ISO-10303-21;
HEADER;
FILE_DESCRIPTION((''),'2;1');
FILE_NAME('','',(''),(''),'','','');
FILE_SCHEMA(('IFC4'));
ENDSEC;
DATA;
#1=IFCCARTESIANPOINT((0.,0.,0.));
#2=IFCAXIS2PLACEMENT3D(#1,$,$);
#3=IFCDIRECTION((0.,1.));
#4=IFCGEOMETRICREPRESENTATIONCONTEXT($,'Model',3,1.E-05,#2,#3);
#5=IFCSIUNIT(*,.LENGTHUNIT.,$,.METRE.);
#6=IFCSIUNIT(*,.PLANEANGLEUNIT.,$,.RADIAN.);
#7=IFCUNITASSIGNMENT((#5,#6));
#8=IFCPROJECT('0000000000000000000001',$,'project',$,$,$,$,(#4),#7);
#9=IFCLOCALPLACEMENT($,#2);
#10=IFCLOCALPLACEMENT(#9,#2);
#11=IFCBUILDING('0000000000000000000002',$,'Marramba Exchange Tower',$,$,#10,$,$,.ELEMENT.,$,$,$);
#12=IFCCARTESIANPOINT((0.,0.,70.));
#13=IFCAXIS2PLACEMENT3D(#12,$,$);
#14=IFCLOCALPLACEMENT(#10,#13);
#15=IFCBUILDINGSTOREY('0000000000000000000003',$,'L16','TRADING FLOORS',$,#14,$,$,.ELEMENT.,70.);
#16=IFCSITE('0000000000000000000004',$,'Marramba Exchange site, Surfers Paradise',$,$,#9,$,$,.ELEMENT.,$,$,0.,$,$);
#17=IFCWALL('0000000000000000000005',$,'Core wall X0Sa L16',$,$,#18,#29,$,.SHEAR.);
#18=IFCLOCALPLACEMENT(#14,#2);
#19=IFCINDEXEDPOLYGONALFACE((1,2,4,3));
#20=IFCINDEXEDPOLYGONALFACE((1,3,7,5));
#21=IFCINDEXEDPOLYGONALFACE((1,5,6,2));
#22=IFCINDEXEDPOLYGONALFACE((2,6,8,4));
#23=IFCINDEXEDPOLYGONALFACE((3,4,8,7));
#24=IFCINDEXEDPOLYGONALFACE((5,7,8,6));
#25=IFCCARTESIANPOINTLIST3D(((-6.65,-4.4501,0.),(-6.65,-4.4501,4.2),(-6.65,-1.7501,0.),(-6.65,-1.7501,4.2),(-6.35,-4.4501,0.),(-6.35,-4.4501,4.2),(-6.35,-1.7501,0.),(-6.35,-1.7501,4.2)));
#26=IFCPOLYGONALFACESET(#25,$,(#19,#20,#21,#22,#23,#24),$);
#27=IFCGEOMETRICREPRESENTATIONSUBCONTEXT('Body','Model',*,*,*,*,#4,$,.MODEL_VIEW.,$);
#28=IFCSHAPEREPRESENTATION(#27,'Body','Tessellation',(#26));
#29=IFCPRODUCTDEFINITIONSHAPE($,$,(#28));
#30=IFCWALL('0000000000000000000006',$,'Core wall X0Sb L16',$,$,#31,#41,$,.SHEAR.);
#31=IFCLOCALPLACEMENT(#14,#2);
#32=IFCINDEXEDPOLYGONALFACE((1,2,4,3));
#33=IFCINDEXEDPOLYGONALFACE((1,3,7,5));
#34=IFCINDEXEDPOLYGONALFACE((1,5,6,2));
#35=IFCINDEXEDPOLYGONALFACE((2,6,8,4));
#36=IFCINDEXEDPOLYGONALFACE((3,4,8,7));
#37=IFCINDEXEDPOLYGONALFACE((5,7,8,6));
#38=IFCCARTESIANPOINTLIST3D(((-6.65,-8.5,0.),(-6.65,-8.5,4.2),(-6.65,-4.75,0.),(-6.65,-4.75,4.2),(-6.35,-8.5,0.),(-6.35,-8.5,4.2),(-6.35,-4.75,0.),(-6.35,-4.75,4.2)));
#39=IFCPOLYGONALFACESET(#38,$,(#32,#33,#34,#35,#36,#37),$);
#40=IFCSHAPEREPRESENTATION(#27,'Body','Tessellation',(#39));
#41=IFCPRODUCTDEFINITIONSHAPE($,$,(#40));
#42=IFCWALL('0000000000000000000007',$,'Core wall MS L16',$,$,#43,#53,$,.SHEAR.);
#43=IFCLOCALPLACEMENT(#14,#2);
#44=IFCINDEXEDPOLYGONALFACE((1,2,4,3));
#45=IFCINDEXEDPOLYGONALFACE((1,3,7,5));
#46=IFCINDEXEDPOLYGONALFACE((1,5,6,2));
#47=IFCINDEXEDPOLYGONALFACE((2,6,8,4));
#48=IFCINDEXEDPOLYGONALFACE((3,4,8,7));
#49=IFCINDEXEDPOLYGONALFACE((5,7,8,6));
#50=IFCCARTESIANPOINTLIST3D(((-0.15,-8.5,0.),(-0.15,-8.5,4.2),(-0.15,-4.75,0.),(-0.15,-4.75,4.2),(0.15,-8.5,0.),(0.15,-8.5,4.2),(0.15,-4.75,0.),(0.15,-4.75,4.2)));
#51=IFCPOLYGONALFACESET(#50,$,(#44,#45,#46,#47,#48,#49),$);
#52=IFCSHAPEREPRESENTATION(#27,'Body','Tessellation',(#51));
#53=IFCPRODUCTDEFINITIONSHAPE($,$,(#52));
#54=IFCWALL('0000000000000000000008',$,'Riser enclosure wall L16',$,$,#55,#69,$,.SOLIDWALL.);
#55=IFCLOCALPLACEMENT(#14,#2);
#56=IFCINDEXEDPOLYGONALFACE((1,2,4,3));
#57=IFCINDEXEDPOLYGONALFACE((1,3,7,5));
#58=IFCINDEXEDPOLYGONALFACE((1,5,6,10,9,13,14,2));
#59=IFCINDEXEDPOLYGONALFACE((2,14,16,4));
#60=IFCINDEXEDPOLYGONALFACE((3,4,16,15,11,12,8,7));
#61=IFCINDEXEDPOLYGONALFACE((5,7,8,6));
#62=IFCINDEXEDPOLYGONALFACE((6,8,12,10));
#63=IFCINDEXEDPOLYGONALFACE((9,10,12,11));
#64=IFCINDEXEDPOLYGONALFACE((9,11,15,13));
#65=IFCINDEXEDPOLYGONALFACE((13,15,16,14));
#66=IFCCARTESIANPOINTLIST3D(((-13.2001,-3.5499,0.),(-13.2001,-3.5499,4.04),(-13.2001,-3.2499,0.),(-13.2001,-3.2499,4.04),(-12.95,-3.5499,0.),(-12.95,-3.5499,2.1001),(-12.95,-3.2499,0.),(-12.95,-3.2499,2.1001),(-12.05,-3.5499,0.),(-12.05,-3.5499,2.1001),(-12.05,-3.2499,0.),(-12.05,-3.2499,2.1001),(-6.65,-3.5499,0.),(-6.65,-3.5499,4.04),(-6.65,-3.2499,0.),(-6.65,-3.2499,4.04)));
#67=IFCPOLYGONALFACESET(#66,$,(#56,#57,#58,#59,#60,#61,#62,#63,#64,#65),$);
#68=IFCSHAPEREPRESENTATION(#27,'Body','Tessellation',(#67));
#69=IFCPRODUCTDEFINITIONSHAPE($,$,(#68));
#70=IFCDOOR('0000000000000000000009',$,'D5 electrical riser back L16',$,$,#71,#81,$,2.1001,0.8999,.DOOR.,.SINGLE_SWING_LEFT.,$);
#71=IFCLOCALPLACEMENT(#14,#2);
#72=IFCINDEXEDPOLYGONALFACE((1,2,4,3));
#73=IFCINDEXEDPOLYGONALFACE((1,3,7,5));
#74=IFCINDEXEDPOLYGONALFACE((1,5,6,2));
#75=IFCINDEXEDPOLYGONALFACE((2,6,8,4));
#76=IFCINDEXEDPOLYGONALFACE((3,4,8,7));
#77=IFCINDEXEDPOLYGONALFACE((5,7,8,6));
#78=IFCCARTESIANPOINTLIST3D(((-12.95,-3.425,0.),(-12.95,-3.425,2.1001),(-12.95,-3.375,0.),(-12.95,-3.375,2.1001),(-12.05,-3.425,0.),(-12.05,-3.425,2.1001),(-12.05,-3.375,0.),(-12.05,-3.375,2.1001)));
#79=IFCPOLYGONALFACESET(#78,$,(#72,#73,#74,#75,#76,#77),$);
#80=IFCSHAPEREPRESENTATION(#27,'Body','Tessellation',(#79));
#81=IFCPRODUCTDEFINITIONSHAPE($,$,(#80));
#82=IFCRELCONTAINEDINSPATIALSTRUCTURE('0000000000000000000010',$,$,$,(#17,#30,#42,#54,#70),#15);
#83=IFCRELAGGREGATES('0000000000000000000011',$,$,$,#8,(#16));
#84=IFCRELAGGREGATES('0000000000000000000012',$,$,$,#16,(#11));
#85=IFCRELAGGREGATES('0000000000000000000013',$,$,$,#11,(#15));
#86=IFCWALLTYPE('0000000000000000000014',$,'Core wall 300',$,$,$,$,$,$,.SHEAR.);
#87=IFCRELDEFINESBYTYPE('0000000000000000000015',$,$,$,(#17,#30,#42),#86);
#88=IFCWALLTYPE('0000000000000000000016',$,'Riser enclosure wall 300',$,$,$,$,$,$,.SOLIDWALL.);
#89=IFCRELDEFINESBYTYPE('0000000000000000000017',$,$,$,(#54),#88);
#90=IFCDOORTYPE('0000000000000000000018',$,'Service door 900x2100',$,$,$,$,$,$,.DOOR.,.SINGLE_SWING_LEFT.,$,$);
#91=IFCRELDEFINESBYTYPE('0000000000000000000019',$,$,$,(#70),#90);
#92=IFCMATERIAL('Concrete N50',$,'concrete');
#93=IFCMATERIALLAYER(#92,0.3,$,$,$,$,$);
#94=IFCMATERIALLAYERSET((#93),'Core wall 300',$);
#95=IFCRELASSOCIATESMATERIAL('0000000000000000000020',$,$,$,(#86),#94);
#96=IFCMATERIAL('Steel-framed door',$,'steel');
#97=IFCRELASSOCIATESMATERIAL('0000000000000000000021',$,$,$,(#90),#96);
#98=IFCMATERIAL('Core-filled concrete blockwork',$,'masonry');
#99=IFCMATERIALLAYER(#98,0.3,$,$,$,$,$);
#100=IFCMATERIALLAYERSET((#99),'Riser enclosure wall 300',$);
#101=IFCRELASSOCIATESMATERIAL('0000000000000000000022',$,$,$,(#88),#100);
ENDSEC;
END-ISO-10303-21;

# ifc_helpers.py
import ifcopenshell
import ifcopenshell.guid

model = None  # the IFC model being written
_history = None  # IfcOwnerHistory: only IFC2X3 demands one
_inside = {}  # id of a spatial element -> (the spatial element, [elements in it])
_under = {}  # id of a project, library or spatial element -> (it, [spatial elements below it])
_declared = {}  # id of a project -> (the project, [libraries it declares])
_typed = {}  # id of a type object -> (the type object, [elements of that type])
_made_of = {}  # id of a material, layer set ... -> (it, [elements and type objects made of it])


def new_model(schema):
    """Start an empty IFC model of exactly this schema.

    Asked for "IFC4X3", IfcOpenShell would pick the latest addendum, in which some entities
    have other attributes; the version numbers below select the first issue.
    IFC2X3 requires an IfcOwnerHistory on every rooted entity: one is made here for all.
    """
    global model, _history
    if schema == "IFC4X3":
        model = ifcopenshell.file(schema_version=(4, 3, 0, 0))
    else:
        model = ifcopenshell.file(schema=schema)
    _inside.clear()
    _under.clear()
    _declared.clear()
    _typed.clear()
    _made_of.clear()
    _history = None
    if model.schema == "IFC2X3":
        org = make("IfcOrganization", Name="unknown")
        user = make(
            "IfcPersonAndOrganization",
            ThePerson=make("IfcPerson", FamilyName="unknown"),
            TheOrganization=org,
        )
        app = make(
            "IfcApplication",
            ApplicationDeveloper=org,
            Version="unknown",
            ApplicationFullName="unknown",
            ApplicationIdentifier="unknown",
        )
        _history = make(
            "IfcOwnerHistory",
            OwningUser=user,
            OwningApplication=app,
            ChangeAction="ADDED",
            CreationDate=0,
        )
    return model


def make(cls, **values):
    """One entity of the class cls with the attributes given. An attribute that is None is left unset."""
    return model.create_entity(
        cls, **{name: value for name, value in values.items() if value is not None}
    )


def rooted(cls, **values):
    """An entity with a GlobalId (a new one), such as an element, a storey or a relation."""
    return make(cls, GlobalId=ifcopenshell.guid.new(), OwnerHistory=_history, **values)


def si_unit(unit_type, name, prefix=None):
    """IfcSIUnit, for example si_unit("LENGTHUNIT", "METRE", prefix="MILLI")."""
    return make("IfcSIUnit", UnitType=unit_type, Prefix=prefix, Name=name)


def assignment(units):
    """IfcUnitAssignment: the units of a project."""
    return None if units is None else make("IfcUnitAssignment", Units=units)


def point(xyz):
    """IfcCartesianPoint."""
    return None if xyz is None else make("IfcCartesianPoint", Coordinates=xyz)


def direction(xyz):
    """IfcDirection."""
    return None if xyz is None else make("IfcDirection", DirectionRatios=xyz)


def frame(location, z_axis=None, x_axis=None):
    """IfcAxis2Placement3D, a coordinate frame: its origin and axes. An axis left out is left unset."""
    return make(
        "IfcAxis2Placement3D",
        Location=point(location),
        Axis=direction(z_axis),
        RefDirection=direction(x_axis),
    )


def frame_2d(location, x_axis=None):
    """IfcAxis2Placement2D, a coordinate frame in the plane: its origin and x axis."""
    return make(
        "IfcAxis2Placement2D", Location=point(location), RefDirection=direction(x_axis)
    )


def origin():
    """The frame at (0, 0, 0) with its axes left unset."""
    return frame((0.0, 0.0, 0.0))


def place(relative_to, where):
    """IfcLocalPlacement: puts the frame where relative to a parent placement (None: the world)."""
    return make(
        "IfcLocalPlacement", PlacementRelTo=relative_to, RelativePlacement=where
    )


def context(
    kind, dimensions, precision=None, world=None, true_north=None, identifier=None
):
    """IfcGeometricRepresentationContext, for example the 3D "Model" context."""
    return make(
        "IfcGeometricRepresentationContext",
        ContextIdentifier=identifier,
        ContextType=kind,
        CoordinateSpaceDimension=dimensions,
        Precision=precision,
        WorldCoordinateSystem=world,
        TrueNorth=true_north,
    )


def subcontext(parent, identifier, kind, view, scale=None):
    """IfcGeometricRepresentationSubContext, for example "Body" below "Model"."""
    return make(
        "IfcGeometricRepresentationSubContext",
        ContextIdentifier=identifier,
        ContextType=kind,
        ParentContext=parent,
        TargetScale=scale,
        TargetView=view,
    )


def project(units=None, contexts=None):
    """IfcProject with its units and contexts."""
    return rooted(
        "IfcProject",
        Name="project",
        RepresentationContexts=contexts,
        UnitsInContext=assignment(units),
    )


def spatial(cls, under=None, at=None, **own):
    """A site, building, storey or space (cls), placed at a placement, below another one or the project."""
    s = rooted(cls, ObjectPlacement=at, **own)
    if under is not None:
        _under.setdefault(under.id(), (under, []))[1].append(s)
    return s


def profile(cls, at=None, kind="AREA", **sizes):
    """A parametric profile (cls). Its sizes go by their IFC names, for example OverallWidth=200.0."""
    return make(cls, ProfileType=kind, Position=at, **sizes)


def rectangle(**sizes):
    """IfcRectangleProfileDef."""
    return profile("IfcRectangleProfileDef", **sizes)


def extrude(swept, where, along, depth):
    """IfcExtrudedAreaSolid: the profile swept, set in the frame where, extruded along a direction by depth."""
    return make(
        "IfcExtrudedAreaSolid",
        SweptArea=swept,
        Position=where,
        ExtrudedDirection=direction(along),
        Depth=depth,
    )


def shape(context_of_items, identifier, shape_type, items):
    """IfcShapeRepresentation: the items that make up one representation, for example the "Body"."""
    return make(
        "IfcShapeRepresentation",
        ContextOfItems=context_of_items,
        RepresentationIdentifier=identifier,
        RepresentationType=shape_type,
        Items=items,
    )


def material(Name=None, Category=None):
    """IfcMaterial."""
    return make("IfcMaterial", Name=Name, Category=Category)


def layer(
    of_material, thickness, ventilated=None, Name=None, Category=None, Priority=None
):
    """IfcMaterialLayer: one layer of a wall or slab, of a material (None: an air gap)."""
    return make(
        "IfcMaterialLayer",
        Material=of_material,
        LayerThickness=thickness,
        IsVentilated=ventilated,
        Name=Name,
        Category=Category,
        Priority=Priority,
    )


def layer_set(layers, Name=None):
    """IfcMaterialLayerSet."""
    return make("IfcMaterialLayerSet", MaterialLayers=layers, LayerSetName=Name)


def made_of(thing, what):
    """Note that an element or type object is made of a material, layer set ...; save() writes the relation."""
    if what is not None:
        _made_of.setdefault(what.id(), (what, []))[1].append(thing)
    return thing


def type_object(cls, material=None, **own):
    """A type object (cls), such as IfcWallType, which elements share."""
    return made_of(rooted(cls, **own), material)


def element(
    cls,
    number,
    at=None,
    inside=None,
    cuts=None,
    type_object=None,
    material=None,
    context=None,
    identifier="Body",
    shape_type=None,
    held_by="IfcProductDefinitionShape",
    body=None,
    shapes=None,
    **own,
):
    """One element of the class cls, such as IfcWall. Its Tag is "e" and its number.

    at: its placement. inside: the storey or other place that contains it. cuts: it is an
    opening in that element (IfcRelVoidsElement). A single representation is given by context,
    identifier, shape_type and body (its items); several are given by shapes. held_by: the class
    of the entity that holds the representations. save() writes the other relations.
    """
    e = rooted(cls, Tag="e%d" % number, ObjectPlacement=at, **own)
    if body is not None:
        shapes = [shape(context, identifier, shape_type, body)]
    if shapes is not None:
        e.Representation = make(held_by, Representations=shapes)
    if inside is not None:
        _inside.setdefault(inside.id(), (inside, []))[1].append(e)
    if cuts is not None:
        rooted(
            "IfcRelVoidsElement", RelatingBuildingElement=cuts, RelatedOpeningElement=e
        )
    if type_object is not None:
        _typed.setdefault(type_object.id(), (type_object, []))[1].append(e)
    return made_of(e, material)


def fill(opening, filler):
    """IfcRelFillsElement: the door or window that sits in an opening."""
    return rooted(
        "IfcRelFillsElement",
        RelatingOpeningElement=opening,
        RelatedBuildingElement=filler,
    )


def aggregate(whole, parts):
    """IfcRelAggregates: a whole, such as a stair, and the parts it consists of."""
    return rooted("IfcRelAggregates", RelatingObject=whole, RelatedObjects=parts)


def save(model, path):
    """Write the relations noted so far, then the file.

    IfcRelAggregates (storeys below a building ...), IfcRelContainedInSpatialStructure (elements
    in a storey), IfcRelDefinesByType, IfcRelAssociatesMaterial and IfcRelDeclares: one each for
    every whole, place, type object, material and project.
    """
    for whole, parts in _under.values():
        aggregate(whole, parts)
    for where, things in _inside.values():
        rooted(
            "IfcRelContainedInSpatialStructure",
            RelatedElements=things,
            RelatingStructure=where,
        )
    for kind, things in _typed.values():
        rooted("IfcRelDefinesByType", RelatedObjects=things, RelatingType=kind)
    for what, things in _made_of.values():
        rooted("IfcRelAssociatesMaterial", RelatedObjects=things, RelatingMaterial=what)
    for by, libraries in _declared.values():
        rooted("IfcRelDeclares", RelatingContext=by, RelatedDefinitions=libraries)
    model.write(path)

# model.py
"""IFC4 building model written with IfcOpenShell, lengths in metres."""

from ifc_helpers import new_model, si_unit, direction, frame, frame_2d, origin, place, context, subcontext, project, spatial, rectangle, extrude, material, layer, layer_set, type_object, element, fill, save


model = new_model("IFC4")

# Units and contexts
model_context = context("Model", 3, precision=1e-05, world=origin(), true_north=direction((0.0, 1.0)))
body_context = subcontext(model_context, "Body", "Model", "MODEL_VIEW")
ifc_project = project(units=[si_unit("LENGTHUNIT", "METRE"), si_unit("PLANEANGLEUNIT", "RADIAN")], contexts=[model_context])

# Site, building, storey
site_placement = place(None, origin())
site = spatial("IfcSite", under=ifc_project, at=site_placement, Name="Marramba Exchange site, Surfers Paradise", CompositionType="ELEMENT", RefElevation=0.0)
building_placement = place(site_placement, origin())
building = spatial("IfcBuilding", under=site, at=building_placement, Name="Marramba Exchange Tower", CompositionType="ELEMENT")
storey_placement = place(building_placement, frame((0.0, 0.0, 70.0)))
storey = spatial("IfcBuildingStorey", under=building, at=storey_placement, Name="L16", Description="TRADING FLOORS", CompositionType="ELEMENT", Elevation=70.0)

# Shared definitions
ifc_material_1 = material(Name="Concrete N50", Category="concrete")

# Shared definitions
ifc_layer_1 = layer(ifc_material_1, 0.3)
ifc_layer_set_1 = layer_set([ifc_layer_1], Name="Core wall 300")
wall_type_1 = type_object("IfcWallType", Name="Core wall 300", PredefinedType="SHEAR", material=ifc_layer_set_1)
ifc_material_2 = material(Name="Steel-framed door", Category="steel")
door_type_1 = type_object("IfcDoorType", Name="Service door 900x2100", OperationType="SINGLE_SWING_LEFT", PredefinedType="DOOR", material=ifc_material_2)

# Walls
wall_1_placement = place(storey_placement, frame((-6.5, -1.75, 0.0), z_axis=(0.0, 0.0, 1.0), x_axis=(0.0, -1.0, 0.0)))
element("IfcWall", 1, at=wall_1_placement, inside=storey, type_object=wall_type_1, Name="Core wall X0Sa L16", PredefinedType="SHEAR", context=body_context, shape_type="SweptSolid", body=[
    extrude(rectangle(XDim=2.7, YDim=0.3, at=frame_2d((1.3501, 0.0))), origin(), (0.0, 0.0, 1.0), 4.2),
])
for number, where, z_axis, x_axis, name in (
    (2, (-6.5, -4.75, 0.0), (0.0, 0.0, 1.0), (0.0, -1.0, 0.0), "Core wall X0Sb L16"),
    (3, (0.0, -4.75, 0.0), (0.0, 0.0, 1.0), (0.0, -1.0, 0.0), "Core wall MS L16"),
):
    element("IfcWall", number, at=place(storey_placement, frame(where, z_axis=z_axis, x_axis=x_axis)), inside=storey, type_object=wall_type_1, Name=name, PredefinedType="SHEAR", context=body_context, shape_type="SweptSolid", body=[
        extrude(rectangle(XDim=3.75, YDim=0.3, at=frame_2d((1.875, 0.0))), origin(), (0.0, 0.0, 1.0), 4.2),
    ])

# Wall, opening, door
ifc_material_3 = material(Name="Core-filled concrete blockwork", Category="masonry")
ifc_layer_2 = layer(ifc_material_3, 0.3)
ifc_layer_set_2 = layer_set([ifc_layer_2], Name="Riser enclosure wall 300")
wall_type_2 = type_object("IfcWallType", Name="Riser enclosure wall 300", PredefinedType="SOLIDWALL", material=ifc_layer_set_2)
wall_2_placement = place(storey_placement, frame((-13.2, -3.3999, 0.0), z_axis=(0.0, 0.0, 1.0), x_axis=(1.0, 0.0, 0.0)))
wall_2 = element("IfcWall", 4, at=wall_2_placement, inside=storey, type_object=wall_type_2, Name="Riser enclosure wall L16", PredefinedType="SOLIDWALL", context=body_context, shape_type="SweptSolid", body=[
    extrude(rectangle(XDim=6.55, YDim=0.3, at=frame_2d((3.2749, 0.0))), origin(), (0.0, 0.0, 1.0), 4.04),
])
opening_1_placement = place(wall_2_placement, frame((0.25, 0.0, 0.0)))
opening_1 = element("IfcOpeningElement", 5, at=opening_1_placement, cuts=wall_2, PredefinedType="OPENING", context=body_context, shape_type="SweptSolid", body=[
    extrude(rectangle(XDim=0.8999, YDim=2.1001, at=frame_2d((0.45, 1.05))), frame((0.0, 0.1599, 0.0), z_axis=(0.0, -1.0, 0.0), x_axis=(1.0, 0.0, 0.0)), (0.0, 0.0, 1.0), 0.3201),
])
door_1_placement = place(opening_1_placement, origin())
door_1 = element("IfcDoor", 6, at=door_1_placement, inside=storey, type_object=door_type_1, Name="D5 electrical riser back L16", OperationType="SINGLE_SWING_LEFT", OverallHeight=2.1001, OverallWidth=0.8999, PredefinedType="DOOR", context=body_context, shape_type="SweptSolid", body=[
    extrude(rectangle(XDim=0.8999, YDim=2.1001, at=frame_2d((0.45, 1.05))), frame((0.0, 0.0249, 0.0), z_axis=(0.0, -1.0, 0.0), x_axis=(1.0, 0.0, 0.0)), (0.0, 0.0, 1.0), 0.05),
])
fill(opening_1, door_1)

save(model, "model.ifc")
